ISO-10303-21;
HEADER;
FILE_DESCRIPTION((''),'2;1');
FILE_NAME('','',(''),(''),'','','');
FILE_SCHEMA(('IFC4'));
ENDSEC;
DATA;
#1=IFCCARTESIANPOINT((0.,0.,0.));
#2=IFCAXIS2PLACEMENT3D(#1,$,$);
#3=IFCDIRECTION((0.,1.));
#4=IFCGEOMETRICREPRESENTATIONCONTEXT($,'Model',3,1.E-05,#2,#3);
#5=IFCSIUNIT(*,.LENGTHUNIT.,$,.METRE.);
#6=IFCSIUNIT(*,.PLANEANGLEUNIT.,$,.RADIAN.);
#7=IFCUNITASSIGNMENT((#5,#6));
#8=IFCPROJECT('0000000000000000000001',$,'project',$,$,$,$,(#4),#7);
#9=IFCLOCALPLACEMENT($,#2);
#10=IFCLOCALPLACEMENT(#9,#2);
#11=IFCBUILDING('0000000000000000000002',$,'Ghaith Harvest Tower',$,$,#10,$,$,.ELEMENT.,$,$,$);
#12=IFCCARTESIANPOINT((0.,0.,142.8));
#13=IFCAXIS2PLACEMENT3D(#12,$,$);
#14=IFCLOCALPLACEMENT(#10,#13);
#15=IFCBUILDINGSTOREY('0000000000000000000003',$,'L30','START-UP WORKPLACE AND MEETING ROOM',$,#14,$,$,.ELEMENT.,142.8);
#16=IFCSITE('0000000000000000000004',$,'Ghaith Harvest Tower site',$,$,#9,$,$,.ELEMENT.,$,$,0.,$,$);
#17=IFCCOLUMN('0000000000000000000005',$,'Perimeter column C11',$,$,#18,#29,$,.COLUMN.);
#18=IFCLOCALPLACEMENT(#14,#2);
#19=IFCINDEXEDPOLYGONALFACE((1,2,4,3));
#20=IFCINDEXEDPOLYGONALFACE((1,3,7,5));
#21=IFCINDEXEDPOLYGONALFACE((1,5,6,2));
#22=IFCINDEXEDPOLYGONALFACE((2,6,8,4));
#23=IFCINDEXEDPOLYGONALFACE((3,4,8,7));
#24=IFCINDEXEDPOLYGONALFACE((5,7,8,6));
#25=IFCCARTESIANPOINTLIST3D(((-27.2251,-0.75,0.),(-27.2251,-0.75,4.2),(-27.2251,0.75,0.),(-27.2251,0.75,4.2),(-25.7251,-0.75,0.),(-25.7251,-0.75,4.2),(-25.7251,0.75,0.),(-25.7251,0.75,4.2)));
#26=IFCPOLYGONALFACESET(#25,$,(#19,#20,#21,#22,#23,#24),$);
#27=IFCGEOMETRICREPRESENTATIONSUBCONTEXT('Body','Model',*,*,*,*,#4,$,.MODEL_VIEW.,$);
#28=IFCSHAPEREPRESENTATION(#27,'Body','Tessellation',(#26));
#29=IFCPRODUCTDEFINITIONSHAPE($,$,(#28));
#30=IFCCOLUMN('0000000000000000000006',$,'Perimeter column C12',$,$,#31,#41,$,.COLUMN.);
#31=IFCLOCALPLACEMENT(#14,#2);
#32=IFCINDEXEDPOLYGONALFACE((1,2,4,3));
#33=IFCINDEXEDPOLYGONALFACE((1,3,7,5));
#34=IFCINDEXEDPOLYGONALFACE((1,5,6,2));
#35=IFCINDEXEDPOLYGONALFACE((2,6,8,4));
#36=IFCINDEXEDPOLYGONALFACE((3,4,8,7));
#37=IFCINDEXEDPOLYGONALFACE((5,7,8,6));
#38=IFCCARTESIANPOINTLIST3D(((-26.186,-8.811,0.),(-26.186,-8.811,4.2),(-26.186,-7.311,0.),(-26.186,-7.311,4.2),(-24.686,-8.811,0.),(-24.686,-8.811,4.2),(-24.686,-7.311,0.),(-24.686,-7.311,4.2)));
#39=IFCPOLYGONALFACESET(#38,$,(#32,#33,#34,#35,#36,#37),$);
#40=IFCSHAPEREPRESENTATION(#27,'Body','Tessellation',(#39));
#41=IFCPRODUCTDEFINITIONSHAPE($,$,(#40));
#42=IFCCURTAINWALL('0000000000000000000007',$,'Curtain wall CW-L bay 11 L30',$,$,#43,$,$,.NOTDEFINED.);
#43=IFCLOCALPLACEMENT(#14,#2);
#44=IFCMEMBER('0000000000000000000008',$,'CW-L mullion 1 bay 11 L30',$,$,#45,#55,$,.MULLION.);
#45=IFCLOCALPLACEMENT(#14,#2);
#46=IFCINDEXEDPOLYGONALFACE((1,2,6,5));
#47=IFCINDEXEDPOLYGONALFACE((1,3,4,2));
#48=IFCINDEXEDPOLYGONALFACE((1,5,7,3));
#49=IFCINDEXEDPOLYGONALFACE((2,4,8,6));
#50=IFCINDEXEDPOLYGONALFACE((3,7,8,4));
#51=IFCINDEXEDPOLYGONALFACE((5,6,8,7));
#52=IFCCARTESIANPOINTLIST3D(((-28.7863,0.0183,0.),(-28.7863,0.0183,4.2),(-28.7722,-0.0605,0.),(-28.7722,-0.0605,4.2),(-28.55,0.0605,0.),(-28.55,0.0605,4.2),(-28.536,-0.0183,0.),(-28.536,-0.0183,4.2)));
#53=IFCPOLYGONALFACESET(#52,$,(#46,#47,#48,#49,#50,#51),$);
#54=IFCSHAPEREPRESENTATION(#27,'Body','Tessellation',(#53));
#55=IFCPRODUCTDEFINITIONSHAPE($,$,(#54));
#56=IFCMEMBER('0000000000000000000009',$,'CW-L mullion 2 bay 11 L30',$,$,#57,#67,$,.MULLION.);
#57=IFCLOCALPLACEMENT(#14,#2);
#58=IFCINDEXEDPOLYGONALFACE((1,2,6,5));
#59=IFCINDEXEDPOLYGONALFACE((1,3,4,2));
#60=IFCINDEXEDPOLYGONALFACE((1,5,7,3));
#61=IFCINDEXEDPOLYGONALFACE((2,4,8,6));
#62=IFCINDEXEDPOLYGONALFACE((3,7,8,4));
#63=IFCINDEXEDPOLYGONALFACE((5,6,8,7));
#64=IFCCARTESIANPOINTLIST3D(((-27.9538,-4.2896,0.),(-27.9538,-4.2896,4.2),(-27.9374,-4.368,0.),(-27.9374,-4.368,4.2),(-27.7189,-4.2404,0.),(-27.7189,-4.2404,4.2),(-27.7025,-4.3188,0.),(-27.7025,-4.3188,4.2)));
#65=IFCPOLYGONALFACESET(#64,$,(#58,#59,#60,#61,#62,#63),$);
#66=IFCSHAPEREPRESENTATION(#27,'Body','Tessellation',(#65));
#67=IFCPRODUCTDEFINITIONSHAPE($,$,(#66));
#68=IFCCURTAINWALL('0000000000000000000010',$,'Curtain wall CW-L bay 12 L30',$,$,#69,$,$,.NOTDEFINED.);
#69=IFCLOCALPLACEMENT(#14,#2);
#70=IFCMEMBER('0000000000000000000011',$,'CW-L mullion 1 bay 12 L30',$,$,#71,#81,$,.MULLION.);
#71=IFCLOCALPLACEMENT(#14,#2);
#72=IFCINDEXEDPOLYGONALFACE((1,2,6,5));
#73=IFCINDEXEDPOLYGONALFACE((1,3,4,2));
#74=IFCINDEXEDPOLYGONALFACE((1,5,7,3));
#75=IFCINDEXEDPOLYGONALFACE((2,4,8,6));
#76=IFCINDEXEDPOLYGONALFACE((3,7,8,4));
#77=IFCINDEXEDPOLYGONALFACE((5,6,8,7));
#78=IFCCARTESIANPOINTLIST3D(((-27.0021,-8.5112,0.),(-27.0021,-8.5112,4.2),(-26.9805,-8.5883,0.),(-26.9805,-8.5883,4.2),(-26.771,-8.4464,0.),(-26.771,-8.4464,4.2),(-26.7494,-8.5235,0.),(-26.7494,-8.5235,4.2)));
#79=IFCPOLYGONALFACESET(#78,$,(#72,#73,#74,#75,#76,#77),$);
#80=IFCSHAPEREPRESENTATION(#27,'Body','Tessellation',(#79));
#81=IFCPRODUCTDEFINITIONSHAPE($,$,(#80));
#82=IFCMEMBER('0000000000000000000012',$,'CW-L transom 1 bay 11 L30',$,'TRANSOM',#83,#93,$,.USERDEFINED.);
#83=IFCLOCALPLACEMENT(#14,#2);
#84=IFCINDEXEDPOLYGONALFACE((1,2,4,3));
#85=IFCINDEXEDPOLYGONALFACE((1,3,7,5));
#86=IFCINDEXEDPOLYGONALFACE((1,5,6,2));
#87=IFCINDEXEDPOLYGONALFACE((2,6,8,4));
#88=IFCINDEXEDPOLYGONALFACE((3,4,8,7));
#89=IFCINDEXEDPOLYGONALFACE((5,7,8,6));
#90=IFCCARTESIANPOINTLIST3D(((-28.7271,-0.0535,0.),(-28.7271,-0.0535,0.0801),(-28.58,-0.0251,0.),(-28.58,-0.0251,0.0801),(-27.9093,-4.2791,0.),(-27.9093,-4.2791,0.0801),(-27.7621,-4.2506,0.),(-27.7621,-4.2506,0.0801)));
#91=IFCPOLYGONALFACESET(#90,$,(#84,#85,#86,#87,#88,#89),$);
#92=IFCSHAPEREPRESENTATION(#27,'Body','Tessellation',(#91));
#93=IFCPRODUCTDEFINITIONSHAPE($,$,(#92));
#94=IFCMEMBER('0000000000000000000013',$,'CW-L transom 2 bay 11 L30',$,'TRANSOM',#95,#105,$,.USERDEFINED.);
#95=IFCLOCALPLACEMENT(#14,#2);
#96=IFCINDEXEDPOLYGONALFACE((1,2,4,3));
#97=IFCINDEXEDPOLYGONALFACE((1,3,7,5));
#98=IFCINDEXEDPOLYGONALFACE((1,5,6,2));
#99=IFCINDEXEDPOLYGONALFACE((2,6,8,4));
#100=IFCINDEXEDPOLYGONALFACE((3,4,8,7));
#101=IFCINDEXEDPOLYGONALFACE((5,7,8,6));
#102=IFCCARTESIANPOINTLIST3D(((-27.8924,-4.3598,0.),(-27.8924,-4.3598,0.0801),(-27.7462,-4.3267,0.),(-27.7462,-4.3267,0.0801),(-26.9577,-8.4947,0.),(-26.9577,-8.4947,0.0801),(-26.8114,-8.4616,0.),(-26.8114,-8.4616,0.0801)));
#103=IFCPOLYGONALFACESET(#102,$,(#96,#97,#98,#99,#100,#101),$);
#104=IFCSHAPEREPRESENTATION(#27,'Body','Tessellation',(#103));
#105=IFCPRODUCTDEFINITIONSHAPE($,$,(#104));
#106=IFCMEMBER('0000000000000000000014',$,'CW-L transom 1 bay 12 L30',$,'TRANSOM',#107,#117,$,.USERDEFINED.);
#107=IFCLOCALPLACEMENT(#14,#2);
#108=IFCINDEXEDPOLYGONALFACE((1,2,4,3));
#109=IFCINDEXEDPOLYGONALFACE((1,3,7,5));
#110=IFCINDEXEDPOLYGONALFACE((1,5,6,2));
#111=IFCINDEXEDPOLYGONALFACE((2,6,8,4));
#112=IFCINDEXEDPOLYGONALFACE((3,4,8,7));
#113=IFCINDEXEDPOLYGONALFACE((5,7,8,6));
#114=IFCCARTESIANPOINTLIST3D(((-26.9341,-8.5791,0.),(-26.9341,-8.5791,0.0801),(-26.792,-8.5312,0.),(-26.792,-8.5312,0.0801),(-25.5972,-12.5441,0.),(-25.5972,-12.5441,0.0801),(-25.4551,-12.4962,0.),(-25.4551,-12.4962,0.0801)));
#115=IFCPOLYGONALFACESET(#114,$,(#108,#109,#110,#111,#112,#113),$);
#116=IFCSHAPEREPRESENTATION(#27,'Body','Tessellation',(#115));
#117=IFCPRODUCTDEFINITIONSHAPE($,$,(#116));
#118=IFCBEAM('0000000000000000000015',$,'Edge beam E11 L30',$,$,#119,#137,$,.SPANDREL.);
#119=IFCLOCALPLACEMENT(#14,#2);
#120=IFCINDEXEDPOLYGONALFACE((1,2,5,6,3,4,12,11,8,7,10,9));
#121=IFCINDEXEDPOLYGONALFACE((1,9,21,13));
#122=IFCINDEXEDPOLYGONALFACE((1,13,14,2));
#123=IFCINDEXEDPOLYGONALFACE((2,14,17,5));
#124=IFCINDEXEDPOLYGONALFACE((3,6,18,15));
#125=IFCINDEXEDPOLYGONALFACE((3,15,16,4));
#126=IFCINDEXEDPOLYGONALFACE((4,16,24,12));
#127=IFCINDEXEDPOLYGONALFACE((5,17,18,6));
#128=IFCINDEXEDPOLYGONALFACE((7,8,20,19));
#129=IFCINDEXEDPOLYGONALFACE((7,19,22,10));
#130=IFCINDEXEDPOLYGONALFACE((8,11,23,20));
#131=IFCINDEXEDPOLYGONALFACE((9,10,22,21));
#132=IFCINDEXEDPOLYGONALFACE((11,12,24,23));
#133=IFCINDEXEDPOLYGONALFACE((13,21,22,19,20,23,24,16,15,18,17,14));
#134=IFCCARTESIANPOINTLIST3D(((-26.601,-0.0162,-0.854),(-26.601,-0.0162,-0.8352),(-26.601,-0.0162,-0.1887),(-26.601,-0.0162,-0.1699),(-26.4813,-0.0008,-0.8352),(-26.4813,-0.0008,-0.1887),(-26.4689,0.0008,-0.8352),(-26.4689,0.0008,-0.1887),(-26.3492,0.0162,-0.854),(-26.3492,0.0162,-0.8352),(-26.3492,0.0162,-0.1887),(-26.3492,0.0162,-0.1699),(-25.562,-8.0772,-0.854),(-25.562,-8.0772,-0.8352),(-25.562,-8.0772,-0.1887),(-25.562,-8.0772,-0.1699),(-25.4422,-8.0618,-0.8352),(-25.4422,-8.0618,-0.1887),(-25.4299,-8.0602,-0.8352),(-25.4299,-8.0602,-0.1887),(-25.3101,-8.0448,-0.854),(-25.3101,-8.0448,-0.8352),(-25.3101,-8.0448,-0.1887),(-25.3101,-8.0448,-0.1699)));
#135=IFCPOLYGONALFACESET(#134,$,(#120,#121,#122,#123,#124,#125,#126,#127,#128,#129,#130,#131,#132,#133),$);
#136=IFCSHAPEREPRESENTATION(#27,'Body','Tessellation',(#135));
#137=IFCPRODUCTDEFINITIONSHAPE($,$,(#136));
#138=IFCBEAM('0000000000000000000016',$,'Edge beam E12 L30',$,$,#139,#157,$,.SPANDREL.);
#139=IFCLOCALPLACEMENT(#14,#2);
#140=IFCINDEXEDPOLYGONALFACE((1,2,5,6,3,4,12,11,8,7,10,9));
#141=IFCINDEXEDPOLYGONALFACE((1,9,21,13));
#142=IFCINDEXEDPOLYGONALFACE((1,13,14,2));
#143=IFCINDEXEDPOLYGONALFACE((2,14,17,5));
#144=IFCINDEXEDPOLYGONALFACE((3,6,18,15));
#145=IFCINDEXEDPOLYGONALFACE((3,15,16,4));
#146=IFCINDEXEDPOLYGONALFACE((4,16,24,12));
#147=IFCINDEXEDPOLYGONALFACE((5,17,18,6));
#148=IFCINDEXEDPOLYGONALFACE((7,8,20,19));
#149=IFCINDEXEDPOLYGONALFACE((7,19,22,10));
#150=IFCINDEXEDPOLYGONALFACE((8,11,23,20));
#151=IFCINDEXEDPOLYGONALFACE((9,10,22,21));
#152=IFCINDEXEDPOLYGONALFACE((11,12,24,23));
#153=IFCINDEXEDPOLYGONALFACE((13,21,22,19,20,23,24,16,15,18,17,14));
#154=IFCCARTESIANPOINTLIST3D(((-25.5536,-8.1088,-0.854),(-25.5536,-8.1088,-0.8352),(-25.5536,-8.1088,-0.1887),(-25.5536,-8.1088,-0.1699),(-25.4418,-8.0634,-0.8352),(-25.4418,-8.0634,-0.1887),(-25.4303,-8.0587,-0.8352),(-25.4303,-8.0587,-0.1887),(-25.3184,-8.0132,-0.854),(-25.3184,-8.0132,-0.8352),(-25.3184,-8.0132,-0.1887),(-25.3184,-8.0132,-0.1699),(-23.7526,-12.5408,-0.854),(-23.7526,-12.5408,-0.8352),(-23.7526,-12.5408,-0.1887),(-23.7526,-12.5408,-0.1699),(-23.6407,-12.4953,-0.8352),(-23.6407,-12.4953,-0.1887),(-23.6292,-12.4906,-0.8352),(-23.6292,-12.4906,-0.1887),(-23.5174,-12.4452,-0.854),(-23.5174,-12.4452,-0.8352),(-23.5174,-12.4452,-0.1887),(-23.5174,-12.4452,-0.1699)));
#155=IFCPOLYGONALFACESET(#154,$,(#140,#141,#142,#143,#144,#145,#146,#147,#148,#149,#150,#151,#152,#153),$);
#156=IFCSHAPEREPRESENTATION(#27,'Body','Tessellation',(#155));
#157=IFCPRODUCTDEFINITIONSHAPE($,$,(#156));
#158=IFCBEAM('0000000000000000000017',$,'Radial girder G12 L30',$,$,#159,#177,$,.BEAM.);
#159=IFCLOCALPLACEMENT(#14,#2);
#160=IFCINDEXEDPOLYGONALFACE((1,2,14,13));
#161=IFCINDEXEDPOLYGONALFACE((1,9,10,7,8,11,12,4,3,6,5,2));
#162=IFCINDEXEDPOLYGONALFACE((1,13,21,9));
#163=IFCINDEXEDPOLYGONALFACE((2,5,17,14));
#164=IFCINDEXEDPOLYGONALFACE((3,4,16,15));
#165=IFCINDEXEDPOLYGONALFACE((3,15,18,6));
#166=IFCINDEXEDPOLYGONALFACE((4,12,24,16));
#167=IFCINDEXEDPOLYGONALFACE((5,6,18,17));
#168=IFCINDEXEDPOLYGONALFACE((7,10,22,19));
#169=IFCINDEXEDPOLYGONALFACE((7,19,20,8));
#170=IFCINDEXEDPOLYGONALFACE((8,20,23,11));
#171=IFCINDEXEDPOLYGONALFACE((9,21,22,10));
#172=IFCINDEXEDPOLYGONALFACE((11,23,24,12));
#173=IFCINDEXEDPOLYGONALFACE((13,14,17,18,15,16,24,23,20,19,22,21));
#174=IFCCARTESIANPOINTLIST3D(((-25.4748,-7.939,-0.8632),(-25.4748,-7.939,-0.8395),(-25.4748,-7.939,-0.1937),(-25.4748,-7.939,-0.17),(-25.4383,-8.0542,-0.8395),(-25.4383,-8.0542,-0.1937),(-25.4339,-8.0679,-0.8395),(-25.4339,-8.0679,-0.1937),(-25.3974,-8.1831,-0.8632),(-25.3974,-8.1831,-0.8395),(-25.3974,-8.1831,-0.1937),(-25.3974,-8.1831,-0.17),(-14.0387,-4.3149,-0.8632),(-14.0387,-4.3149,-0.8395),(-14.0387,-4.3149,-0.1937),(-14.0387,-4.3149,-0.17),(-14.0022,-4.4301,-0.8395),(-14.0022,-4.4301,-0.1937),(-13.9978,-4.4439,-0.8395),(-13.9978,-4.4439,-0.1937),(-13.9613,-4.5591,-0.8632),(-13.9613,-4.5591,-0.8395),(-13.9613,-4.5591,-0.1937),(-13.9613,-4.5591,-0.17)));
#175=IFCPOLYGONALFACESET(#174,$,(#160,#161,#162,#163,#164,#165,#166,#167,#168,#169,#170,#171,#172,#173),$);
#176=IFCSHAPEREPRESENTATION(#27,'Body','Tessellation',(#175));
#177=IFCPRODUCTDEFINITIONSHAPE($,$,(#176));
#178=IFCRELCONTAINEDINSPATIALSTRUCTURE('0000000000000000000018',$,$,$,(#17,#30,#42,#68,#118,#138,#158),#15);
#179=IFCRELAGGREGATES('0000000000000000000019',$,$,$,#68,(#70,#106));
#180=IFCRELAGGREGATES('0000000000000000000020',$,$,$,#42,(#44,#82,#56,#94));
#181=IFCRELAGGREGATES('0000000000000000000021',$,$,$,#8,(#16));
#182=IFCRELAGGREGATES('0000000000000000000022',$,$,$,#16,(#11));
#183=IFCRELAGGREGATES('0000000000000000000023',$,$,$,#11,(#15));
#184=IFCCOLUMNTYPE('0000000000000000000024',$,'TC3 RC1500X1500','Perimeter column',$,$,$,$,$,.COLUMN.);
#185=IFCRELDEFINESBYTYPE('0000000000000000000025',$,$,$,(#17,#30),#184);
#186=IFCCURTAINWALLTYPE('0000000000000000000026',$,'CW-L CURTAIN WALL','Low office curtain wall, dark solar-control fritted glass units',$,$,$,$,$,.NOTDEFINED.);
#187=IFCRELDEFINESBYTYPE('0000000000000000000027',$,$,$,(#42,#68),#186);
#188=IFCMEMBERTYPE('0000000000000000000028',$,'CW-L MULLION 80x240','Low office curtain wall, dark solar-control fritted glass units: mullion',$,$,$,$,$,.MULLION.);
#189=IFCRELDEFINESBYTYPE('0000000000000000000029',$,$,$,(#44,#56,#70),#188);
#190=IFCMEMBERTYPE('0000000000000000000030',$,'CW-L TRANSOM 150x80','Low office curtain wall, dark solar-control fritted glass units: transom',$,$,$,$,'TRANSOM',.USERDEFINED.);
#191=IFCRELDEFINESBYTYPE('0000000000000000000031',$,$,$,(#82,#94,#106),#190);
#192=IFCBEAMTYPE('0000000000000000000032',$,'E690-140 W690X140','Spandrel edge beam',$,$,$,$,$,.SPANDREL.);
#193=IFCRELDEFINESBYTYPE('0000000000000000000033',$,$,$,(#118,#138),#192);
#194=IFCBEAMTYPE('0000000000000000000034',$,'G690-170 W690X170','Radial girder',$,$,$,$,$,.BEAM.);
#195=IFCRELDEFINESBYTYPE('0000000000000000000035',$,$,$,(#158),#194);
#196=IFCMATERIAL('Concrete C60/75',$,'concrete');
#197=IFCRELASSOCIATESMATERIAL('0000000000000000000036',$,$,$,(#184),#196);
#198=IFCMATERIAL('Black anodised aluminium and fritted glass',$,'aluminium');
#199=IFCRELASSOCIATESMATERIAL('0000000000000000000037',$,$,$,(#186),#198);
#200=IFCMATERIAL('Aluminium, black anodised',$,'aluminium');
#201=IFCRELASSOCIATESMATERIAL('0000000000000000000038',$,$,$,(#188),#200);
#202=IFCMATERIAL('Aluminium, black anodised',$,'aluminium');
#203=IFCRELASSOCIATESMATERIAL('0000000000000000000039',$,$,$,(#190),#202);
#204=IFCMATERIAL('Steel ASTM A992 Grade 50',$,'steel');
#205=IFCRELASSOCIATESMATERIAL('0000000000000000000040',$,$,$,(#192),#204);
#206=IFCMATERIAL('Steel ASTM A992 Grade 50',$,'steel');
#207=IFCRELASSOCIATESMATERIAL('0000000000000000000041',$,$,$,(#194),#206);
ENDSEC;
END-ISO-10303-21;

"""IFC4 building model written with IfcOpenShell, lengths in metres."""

from ifc_helpers import new_model, si_unit, direction, frame, origin, origin_2d, place, context, subcontext, project, spatial, rectangle, i_section, extrude, material, material_profile, profile_set, type_object, element, aggregate, save


model = new_model("IFC4")

# Units and contexts
model_context = context("Model", 3, precision=1e-05, world=origin(), true_north=direction((0.0, 1.0)))
body_context = subcontext(model_context, "Body", "Model", "MODEL_VIEW")
ifc_project = project(units=[si_unit("LENGTHUNIT", "METRE"), si_unit("PLANEANGLEUNIT", "RADIAN")], contexts=[model_context])

# Site, building, storey
site_placement = place(None, origin())
site = spatial("IfcSite", under=ifc_project, at=site_placement, Name="Ghaith Harvest Tower site", CompositionType="ELEMENT", RefElevation=0.0)
building_placement = place(site_placement, origin())
building = spatial("IfcBuilding", under=site, at=building_placement, Name="Ghaith Harvest Tower", CompositionType="ELEMENT")
storey_placement = place(building_placement, frame((0.0, 0.0, 142.8)))
storey = spatial("IfcBuildingStorey", under=building, at=storey_placement, Name="L30", Description="START-UP WORKPLACE AND MEETING ROOM", CompositionType="ELEMENT", Elevation=142.8)

# Columns
ifc_material_1 = material(Name="Concrete C60/75", Category="concrete")
ifc_material_profile_1 = material_profile(ifc_material_1, rectangle(XDim=1.5, YDim=1.5, at=origin_2d()), Name="RC1500X1500")
ifc_profile_set_1 = profile_set([ifc_material_profile_1], Name="Concrete C60/75")
column_type = type_object("IfcColumnType", Name="TC3 RC1500X1500", Description="Perimeter column", PredefinedType="COLUMN", material=ifc_profile_set_1)
for number, where, z_axis, x_axis, name in (
    (1, (-26.4751, 0.0, 0.0), (0.0, 0.0, 1.0), (1.0, 0.0, 0.0), "Perimeter column C11"),
    (2, (-25.436, -8.061, 0.0), (0.0, 0.0, 1.0), (1.0, 0.0, 0.0), "Perimeter column C12"),
):
    element("IfcColumn", number, at=place(storey_placement, frame(where, z_axis=z_axis, x_axis=x_axis)), inside=storey, type_object=column_type, Name=name, PredefinedType="COLUMN", context=body_context, shape_type="SweptSolid", body=[
        extrude(rectangle(XDim=1.5, YDim=1.5, at=origin_2d()), origin(), (0.0, 0.0, 1.0), 4.2),
    ])

# Curtain wall, members
ifc_material_2 = material(Name="Black anodised aluminium and fritted glass", Category="aluminium")
curtain_wall_type = type_object("IfcCurtainWallType", Name="CW-L CURTAIN WALL", Description="Low office curtain wall, dark solar-control fritted glass units", PredefinedType="NOTDEFINED", material=ifc_material_2)
curtain_wall_1_placement = place(storey_placement, origin())
curtain_wall_1 = element("IfcCurtainWall", 3, at=curtain_wall_1_placement, inside=storey, type_object=curtain_wall_type, Name="Curtain wall CW-L bay 11 L30", PredefinedType="NOTDEFINED")
ifc_material_3 = material(Name="Aluminium, black anodised", Category="aluminium")
ifc_material_profile_2 = material_profile(ifc_material_3, rectangle(XDim=0.0801, YDim=0.24, at=origin_2d()), Name="CW-L MULLION 80x240")
ifc_profile_set_2 = profile_set([ifc_material_profile_2], Name="Aluminium, black anodised")
member_type_1 = type_object("IfcMemberType", Name="CW-L MULLION 80x240", Description="Low office curtain wall, dark solar-control fritted glass units: mullion", PredefinedType="MULLION", material=ifc_profile_set_2)
member_1_placement = place(storey_placement, frame((-28.6611, 0.0, 0.0), z_axis=(0.0, 0.0, 1.0), x_axis=(0.175827, -0.984421, 0.0)))
member_1 = element("IfcMember", 4, at=member_1_placement, type_object=member_type_1, Name="CW-L mullion 1 bay 11 L30", PredefinedType="MULLION", context=body_context, shape_type="SweptSolid", body=[
    extrude(rectangle(XDim=0.0801, YDim=0.24, at=origin_2d()), origin(), (0.0, 0.0, 1.0), 4.2),
])
member_2_placement = place(storey_placement, frame((-27.8281, -4.3042, 0.0), z_axis=(0.0, 0.0, 1.0), x_axis=(0.205176, -0.978725, 0.0)))
member_2 = element("IfcMember", 5, at=member_2_placement, type_object=member_type_1, Name="CW-L mullion 2 bay 11 L30", PredefinedType="MULLION", context=body_context, shape_type="SweptSolid", body=[
    extrude(rectangle(XDim=0.0801, YDim=0.24, at=origin_2d()), origin(), (0.0, 0.0, 1.0), 4.2),
])

# Curtain wall, member
curtain_wall_2_placement = place(storey_placement, origin())
curtain_wall_2 = element("IfcCurtainWall", 6, at=curtain_wall_2_placement, inside=storey, type_object=curtain_wall_type, Name="Curtain wall CW-L bay 12 L30", PredefinedType="NOTDEFINED")
member_3_placement = place(storey_placement, frame((-26.8757, -8.5173, 0.0), z_axis=(0.0, 0.0, 1.0), x_axis=(0.270019, -0.962855, 0.0)))
member_3 = element("IfcMember", 7, at=member_3_placement, type_object=member_type_1, Name="CW-L mullion 1 bay 12 L30", PredefinedType="MULLION", context=body_context, shape_type="SweptSolid", body=[
    extrude(rectangle(XDim=0.0801, YDim=0.24, at=origin_2d()), origin(), (0.0, 0.0, 1.0), 4.2),
])

# Members
ifc_material_4 = material(Name="Aluminium, black anodised", Category="aluminium")
ifc_material_profile_3 = material_profile(ifc_material_4, rectangle(XDim=0.1499, YDim=0.0801, at=origin_2d()), Name="CW-L TRANSOM 150x80")
ifc_profile_set_3 = profile_set([ifc_material_profile_3], Name="Aluminium, black anodised")
member_type_2 = type_object("IfcMemberType", Name="CW-L TRANSOM 150x80", Description="Low office curtain wall, dark solar-control fritted glass units: transom", ElementType="TRANSOM", PredefinedType="USERDEFINED", material=ifc_profile_set_3)
member_4_placement = place(storey_placement, frame((-28.6536, -0.0393, 0.04), z_axis=(0.190025, -0.981779, 0.0), x_axis=(0.981779, 0.190025, 0.0)))
member_4 = element("IfcMember", 8, at=member_4_placement, type_object=member_type_2, Name="CW-L transom 1 bay 11 L30", ObjectType="TRANSOM", PredefinedType="USERDEFINED", context=body_context, shape_type="SweptSolid", body=[
    extrude(rectangle(XDim=0.1499, YDim=0.0801, at=origin_2d()), origin(), (0.0, 0.0, 1.0), 4.304),
])
member_5_placement = place(storey_placement, frame((-27.8193, -4.3433, 0.04), z_axis=(0.220508, -0.975385, 0.0), x_axis=(0.975385, 0.220508, 0.0)))
member_5 = element("IfcMember", 9, at=member_5_placement, type_object=member_type_2, Name="CW-L transom 2 bay 11 L30", ObjectType="TRANSOM", PredefinedType="USERDEFINED", context=body_context, shape_type="SweptSolid", body=[
    extrude(rectangle(XDim=0.1499, YDim=0.0801, at=origin_2d()), origin(), (0.0, 0.0, 1.0), 4.2393),
])
member_6_placement = place(storey_placement, frame((-26.863, -8.5552, 0.04), z_axis=(0.319499, -0.947587, 0.0), x_axis=(0.947587, 0.319499, 0.0)))
member_6 = element("IfcMember", 10, at=member_6_placement, type_object=member_type_2, Name="CW-L transom 1 bay 12 L30", ObjectType="TRANSOM", PredefinedType="USERDEFINED", context=body_context, shape_type="SweptSolid", body=[
    extrude(rectangle(XDim=0.1499, YDim=0.0801, at=origin_2d()), origin(), (0.0, 0.0, 1.0), 4.1843),
])
aggregate(curtain_wall_2, [member_3, member_6])

# Beams
ifc_material_5 = material(Name="Steel ASTM A992 Grade 50", Category="steel")
ifc_material_profile_4 = material_profile(ifc_material_5, i_section(OverallWidth=0.2539, OverallDepth=0.6841, WebThickness=0.0125, FlangeThickness=0.0188, at=origin_2d()), Name="W690X140")
ifc_profile_set_4 = profile_set([ifc_material_profile_4], Name="Steel ASTM A992 Grade 50")
beam_type_1 = type_object("IfcBeamType", Name="E690-140 W690X140", Description="Spandrel edge beam", PredefinedType="SPANDREL", material=ifc_profile_set_4)
beam_1_placement = place(storey_placement, frame((-26.4751, 0.0, -0.512), z_axis=(0.127842, -0.991795, 0.0), x_axis=(0.991795, 0.127842, 0.0)))
element("IfcBeam", 11, at=beam_1_placement, inside=storey, type_object=beam_type_1, Name="Edge beam E11 L30", PredefinedType="SPANDREL", context=body_context, shape_type="SweptSolid", body=[
    extrude(i_section(OverallWidth=0.2539, OverallDepth=0.6841, WebThickness=0.0125, FlangeThickness=0.0188, at=origin_2d()), origin(), (0.0, 0.0, 1.0), 8.1277),
])
beam_2_placement = place(storey_placement, frame((-25.436, -8.061, -0.512), z_axis=(0.37648, -0.926425, 0.0), x_axis=(0.926425, 0.37648, 0.0)))
element("IfcBeam", 12, at=beam_2_placement, inside=storey, type_object=beam_type_1, Name="Edge beam E12 L30", PredefinedType="SPANDREL", context=body_context, shape_type="SweptSolid", body=[
    extrude(i_section(OverallWidth=0.2539, OverallDepth=0.6841, WebThickness=0.0125, FlangeThickness=0.0188, at=origin_2d()), origin(), (0.0, 0.0, 1.0), 4.7839),
])
ifc_material_6 = material(Name="Steel ASTM A992 Grade 50", Category="steel")
ifc_material_profile_5 = material_profile(ifc_material_6, i_section(OverallWidth=0.2561, OverallDepth=0.6931, WebThickness=0.0144, FlangeThickness=0.0237, at=origin_2d()), Name="W690X170")
ifc_profile_set_5 = profile_set([ifc_material_profile_5], Name="Steel ASTM A992 Grade 50")
beam_type_2 = type_object("IfcBeamType", Name="G690-170 W690X170", Description="Radial girder", PredefinedType="BEAM", material=ifc_profile_set_5)
beam_3_placement = place(storey_placement, frame((-14.0, -4.437, -0.5166), z_axis=(-0.95328, -0.30209, 0.0), x_axis=(0.30209, -0.95328, 0.0)))
element("IfcBeam", 13, at=beam_3_placement, inside=storey, type_object=beam_type_2, Name="Radial girder G12 L30", PredefinedType="BEAM", context=body_context, shape_type="SweptSolid", body=[
    extrude(i_section(OverallWidth=0.2561, OverallDepth=0.6931, WebThickness=0.0144, FlangeThickness=0.0237, at=origin_2d()), origin(), (0.0, 0.0, 1.0), 11.9966),
])

aggregate(curtain_wall_1, [member_1, member_4, member_2, member_5])

save(model, "model.ifc")
